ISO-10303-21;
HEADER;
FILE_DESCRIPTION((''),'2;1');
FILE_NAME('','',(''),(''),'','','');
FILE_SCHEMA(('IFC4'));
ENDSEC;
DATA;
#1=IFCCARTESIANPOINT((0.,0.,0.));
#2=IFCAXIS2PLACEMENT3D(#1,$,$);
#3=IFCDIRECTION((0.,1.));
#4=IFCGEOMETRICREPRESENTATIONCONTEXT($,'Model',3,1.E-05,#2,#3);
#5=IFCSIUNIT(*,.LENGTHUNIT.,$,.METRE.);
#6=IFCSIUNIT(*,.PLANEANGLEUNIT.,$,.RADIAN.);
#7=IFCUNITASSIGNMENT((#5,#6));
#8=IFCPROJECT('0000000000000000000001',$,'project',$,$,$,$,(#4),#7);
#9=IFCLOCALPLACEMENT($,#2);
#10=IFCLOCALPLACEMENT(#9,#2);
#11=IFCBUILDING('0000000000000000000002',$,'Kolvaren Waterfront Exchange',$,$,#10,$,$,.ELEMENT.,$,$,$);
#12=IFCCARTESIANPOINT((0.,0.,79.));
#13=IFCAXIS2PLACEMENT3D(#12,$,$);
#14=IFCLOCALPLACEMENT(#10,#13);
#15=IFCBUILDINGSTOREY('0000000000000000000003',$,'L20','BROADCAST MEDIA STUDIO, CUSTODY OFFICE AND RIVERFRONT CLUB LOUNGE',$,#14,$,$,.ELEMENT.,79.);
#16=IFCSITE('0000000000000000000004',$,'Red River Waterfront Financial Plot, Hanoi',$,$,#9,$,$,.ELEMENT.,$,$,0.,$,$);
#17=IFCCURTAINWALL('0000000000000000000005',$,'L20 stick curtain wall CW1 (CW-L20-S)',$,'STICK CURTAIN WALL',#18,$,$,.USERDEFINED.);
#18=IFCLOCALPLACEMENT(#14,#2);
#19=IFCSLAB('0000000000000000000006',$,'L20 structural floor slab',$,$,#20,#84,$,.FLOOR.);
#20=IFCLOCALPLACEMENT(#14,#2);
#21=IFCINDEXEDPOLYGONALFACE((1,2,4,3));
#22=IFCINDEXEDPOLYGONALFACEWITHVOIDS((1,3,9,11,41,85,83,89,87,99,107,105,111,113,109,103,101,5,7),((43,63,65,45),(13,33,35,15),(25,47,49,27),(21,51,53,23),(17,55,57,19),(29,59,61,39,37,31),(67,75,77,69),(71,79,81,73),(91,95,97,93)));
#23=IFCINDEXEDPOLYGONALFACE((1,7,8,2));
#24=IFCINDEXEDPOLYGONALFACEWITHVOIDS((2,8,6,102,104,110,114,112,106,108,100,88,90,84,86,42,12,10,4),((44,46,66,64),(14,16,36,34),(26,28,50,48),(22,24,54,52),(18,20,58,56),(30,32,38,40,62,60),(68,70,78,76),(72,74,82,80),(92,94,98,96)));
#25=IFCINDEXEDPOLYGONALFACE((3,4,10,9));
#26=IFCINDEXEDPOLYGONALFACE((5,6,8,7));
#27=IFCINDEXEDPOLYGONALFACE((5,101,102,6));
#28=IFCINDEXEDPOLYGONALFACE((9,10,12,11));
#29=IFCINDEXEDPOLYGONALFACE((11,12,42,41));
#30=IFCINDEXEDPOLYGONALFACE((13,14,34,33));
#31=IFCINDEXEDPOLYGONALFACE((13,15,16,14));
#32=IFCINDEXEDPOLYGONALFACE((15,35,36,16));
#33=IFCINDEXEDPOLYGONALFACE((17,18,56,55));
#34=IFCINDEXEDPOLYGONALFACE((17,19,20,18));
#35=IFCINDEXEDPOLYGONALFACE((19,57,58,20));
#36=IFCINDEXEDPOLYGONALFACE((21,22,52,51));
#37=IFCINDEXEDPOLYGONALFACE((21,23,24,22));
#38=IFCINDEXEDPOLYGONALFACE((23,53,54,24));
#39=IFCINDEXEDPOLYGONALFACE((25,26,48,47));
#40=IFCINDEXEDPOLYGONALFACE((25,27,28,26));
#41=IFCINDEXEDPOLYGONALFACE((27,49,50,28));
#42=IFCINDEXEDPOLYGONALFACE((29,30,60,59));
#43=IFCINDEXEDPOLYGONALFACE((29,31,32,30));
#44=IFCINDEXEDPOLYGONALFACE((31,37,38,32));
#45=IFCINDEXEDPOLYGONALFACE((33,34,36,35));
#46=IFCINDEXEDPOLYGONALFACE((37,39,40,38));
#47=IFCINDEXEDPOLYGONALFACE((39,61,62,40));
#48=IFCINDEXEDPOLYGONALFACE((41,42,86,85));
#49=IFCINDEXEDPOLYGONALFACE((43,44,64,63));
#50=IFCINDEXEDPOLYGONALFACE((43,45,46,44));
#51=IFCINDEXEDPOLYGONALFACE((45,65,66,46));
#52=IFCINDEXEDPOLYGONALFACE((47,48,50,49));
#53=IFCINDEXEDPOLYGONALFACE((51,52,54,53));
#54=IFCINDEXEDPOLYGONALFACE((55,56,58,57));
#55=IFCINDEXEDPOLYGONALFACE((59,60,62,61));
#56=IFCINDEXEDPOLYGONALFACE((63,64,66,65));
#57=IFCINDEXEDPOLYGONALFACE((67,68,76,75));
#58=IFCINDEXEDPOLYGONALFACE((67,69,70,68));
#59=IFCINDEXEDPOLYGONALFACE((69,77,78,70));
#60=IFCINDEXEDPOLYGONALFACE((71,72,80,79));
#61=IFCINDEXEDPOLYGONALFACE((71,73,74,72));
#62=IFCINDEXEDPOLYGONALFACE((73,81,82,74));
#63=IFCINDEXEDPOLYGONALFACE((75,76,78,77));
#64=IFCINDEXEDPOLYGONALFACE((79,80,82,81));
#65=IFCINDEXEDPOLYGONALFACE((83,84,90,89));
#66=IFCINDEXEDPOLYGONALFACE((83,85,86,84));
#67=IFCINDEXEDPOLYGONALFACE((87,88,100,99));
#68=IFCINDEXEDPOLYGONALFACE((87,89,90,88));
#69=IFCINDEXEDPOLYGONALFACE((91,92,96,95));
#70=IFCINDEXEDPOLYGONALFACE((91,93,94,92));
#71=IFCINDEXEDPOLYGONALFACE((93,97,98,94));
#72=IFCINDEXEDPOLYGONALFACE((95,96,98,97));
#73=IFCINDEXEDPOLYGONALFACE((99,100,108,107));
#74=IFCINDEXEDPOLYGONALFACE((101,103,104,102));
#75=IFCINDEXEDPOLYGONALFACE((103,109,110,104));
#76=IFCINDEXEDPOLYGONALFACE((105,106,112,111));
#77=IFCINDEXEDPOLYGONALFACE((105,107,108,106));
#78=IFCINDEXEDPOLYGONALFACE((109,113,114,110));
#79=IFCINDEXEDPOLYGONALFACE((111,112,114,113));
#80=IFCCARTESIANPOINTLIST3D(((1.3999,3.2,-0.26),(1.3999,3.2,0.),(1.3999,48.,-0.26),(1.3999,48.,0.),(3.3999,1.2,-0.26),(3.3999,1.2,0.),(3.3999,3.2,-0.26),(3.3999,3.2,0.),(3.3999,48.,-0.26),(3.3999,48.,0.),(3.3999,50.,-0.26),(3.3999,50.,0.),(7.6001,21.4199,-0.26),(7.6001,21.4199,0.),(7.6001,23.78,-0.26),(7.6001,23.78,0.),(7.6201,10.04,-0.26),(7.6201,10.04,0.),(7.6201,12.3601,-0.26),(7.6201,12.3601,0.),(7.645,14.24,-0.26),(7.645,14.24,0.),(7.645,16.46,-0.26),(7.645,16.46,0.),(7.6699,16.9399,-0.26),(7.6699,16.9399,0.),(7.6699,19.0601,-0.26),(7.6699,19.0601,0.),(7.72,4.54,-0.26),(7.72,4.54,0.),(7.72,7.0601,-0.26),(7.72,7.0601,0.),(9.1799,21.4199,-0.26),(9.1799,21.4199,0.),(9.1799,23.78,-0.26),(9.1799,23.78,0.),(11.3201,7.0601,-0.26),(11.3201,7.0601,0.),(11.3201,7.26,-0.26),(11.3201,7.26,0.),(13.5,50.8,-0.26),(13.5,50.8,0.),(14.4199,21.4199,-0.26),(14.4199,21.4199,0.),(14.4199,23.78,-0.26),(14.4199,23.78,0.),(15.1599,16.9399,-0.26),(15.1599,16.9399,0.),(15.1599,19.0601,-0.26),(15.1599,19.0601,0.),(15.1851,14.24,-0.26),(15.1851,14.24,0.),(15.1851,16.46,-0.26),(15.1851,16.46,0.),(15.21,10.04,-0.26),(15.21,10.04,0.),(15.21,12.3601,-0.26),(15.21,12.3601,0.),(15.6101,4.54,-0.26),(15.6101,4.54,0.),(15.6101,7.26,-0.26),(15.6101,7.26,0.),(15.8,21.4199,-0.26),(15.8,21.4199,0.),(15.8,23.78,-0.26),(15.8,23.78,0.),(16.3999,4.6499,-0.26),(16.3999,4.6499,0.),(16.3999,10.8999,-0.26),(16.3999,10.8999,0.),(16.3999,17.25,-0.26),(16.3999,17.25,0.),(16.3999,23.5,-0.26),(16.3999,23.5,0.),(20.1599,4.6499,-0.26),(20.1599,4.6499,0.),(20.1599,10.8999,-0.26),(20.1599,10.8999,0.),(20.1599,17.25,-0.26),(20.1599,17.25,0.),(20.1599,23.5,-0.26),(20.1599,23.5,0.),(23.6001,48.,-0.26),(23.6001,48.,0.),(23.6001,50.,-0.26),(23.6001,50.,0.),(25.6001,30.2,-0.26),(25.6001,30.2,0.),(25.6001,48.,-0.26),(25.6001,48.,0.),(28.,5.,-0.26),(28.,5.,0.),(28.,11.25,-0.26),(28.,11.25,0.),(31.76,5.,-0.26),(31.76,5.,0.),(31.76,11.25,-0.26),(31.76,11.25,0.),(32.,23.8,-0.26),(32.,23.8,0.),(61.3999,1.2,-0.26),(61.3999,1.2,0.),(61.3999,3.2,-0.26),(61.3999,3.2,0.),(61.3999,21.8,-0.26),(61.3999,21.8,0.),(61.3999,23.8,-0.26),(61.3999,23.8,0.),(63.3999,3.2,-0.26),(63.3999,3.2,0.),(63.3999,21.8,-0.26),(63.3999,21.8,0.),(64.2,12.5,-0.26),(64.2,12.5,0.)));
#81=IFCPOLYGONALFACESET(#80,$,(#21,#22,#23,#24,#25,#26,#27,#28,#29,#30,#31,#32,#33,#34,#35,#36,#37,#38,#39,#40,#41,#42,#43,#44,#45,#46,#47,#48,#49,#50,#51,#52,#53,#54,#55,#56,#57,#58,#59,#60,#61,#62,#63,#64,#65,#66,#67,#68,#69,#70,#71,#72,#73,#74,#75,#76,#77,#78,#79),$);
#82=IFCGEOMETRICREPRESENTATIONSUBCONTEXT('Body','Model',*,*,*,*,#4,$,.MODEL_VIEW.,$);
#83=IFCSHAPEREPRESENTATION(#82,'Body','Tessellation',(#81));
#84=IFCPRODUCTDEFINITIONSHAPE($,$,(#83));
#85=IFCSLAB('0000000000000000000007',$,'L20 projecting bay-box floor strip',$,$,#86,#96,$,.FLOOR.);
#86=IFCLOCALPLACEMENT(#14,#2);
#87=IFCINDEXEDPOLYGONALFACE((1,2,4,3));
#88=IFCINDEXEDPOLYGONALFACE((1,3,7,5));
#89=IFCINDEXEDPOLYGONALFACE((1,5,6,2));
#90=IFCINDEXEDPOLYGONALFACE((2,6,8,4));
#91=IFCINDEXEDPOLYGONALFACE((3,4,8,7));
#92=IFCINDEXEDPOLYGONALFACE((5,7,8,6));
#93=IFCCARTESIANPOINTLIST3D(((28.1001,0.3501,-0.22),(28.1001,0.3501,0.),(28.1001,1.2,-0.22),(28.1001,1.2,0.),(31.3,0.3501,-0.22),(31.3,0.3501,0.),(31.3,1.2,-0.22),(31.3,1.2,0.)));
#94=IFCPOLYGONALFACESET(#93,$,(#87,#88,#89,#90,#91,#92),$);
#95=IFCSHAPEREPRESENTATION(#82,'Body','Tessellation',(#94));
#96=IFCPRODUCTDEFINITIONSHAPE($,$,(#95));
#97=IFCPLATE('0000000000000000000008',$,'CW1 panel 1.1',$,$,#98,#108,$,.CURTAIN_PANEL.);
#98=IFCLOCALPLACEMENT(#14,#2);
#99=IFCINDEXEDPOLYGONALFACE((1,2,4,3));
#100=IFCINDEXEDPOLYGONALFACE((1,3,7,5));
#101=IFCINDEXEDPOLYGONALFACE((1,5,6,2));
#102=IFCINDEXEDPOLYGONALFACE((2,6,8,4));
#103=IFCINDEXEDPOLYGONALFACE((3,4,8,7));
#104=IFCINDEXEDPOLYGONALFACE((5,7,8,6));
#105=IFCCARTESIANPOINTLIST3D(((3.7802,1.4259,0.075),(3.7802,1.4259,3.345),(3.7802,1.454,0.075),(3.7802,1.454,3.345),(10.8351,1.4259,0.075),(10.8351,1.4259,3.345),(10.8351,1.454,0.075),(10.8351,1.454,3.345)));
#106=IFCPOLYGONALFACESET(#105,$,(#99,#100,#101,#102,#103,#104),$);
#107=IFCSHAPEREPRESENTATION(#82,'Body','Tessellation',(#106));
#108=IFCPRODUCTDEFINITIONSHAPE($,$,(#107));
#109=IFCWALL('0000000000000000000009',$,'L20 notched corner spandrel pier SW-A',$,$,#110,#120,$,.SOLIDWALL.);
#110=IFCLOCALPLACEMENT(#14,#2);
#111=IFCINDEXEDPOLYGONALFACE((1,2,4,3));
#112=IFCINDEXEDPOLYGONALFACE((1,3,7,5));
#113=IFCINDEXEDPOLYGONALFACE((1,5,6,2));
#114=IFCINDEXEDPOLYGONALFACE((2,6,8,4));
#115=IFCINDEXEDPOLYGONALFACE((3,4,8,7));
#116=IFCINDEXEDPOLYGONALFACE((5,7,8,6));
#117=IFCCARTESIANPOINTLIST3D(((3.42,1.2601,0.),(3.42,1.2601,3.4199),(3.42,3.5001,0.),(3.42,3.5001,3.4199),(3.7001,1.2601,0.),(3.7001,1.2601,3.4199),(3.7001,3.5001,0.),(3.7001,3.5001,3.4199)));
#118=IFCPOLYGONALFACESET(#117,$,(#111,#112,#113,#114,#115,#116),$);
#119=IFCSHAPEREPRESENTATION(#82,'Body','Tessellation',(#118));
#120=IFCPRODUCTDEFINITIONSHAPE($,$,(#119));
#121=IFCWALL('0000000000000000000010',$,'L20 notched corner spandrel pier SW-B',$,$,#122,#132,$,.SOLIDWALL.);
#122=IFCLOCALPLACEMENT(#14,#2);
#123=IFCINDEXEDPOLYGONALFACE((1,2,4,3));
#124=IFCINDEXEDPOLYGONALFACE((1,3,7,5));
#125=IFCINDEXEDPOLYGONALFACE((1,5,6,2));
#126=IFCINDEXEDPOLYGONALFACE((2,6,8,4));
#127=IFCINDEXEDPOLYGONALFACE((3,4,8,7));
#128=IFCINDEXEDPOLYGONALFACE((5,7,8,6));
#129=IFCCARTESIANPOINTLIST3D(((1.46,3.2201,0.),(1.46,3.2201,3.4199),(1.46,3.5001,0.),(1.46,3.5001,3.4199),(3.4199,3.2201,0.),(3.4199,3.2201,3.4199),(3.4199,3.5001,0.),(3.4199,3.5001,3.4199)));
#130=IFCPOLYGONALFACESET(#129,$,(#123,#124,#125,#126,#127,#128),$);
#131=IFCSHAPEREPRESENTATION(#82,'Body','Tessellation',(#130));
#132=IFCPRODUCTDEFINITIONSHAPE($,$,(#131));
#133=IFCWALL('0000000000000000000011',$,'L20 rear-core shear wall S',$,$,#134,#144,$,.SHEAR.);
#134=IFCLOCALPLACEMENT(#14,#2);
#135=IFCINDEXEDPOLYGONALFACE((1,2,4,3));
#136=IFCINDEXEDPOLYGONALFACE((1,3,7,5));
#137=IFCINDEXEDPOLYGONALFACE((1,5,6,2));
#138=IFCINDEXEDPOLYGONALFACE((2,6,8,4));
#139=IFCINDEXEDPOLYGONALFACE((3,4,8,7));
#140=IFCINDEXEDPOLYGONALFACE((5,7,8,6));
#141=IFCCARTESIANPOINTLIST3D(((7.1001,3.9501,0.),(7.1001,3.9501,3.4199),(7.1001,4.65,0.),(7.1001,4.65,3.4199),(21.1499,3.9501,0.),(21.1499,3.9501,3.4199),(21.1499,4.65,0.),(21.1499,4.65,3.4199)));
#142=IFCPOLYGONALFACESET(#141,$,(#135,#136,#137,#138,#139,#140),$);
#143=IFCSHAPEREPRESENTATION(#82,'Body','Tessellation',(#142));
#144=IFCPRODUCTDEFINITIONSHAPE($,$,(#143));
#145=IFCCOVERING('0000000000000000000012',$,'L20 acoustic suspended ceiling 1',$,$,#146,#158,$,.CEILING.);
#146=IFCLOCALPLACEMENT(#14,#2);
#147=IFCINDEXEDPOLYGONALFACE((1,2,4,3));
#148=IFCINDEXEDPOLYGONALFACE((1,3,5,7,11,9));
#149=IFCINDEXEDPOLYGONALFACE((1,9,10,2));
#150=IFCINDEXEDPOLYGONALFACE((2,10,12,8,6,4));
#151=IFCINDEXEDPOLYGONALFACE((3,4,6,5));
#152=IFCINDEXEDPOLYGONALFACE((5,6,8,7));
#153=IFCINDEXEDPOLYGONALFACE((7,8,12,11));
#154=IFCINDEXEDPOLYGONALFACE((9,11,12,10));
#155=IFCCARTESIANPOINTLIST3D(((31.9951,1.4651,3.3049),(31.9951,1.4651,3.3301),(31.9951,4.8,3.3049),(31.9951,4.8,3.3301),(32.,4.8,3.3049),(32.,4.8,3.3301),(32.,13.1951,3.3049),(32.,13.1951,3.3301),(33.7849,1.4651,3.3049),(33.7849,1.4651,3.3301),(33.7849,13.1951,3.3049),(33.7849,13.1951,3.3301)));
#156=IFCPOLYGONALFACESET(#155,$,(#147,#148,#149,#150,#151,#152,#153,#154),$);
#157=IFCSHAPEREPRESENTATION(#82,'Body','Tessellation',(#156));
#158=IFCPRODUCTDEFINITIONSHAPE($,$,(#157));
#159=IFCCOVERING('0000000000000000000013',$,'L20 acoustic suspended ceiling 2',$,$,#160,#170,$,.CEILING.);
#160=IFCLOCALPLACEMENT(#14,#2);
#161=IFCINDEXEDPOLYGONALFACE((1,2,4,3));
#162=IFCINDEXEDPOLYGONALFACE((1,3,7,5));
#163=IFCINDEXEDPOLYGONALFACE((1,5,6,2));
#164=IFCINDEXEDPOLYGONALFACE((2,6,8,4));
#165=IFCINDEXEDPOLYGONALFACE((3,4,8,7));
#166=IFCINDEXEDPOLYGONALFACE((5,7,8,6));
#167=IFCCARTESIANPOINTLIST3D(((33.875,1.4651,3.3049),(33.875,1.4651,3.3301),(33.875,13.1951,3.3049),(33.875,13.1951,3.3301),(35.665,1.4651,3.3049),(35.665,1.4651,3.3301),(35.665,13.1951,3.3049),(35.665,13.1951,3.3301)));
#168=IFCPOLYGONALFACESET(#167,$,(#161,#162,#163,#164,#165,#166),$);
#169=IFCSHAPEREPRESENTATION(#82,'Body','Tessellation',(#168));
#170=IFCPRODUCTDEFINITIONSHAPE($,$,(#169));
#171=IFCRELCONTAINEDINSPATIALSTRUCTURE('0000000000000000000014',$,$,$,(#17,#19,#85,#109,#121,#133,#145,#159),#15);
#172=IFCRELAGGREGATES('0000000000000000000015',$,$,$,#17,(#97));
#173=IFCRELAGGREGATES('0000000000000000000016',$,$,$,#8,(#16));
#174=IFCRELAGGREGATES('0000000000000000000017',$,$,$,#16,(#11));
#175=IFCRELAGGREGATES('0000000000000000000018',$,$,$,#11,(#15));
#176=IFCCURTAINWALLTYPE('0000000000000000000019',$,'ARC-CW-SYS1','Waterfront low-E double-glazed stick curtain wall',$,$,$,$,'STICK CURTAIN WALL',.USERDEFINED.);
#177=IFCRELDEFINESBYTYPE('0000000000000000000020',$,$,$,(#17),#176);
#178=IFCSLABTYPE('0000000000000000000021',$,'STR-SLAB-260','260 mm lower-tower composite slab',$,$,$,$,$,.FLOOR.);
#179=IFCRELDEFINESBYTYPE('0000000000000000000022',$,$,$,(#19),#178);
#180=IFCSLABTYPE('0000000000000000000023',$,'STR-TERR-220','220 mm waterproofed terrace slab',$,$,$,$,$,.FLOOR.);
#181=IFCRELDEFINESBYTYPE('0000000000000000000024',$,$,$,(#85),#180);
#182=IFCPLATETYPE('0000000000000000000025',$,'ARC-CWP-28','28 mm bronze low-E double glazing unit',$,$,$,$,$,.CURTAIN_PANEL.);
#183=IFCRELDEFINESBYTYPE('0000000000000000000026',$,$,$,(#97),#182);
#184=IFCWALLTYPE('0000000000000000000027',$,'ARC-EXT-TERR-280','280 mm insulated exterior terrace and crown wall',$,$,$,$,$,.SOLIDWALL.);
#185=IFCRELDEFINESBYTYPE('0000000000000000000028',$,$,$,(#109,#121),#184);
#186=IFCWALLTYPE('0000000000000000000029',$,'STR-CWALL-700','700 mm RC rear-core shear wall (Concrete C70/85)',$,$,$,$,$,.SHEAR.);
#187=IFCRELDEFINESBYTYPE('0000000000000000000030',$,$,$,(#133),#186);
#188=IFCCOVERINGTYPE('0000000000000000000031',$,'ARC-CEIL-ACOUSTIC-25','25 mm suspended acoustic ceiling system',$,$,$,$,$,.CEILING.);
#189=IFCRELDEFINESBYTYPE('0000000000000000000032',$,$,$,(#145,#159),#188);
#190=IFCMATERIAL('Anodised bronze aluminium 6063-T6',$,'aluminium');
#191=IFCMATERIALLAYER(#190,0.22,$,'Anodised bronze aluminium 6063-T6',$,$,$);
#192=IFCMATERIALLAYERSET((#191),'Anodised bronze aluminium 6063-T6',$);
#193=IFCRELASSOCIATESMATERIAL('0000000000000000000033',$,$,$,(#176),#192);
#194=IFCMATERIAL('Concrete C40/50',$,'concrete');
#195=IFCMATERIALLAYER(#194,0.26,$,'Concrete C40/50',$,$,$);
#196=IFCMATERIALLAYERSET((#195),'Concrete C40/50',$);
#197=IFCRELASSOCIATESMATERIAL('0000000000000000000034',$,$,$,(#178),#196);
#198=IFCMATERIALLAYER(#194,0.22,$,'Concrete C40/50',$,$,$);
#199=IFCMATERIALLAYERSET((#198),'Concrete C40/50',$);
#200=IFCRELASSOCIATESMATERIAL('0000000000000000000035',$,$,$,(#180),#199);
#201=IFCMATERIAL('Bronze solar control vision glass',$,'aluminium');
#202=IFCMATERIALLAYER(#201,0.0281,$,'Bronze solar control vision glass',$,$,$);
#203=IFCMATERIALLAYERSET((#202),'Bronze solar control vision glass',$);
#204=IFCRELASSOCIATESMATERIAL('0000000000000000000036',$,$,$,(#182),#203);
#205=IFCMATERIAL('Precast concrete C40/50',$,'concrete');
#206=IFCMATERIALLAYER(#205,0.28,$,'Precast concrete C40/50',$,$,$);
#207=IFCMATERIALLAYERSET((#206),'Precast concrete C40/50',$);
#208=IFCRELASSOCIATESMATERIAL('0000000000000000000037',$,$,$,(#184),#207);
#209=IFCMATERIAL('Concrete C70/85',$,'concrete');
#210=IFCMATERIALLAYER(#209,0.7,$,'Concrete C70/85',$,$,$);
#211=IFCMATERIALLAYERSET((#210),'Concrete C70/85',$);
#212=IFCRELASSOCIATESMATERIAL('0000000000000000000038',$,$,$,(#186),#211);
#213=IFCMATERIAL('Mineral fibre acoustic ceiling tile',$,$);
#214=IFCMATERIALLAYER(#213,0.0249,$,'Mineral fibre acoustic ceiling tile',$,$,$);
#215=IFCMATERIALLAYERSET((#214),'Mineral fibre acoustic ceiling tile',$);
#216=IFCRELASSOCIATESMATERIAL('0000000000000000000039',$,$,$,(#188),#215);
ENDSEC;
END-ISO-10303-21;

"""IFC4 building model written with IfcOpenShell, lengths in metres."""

from ifc_helpers import new_model, si_unit, direction, frame, frame_2d, origin, origin_with_axes, origin_2d, place, context, subcontext, project, spatial, polyline, rectangle, outline, extrude, source, transform, mapped, material, layer, layer_set, type_object, element, aggregate, save


model = new_model("IFC4")

# Units and contexts
model_context = context("Model", 3, precision=1e-05, world=origin(), true_north=direction((0.0, 1.0)))
body_context = subcontext(model_context, "Body", "Model", "MODEL_VIEW")
ifc_project = project(units=[si_unit("LENGTHUNIT", "METRE"), si_unit("PLANEANGLEUNIT", "RADIAN")], contexts=[model_context])

# Site, building, storey
site_placement = place(None, origin())
site = spatial("IfcSite", under=ifc_project, at=site_placement, Name="Red River Waterfront Financial Plot, Hanoi", CompositionType="ELEMENT", RefElevation=0.0)
building_placement = place(site_placement, origin())
building = spatial("IfcBuilding", under=site, at=building_placement, Name="Kolvaren Waterfront Exchange", CompositionType="ELEMENT")
storey_placement = place(building_placement, frame((0.0, 0.0, 79.0)))
storey = spatial("IfcBuildingStorey", under=building, at=storey_placement, Name="L20", Description="BROADCAST MEDIA STUDIO, CUSTODY OFFICE AND RIVERFRONT CLUB LOUNGE", CompositionType="ELEMENT", Elevation=79.0)

# Curtain wall
ifc_material_1 = material(Name="Anodised bronze aluminium 6063-T6", Category="aluminium")
ifc_layer_1 = layer(ifc_material_1, 0.22, Name="Anodised bronze aluminium 6063-T6")
ifc_layer_set_1 = layer_set([ifc_layer_1], Name="Anodised bronze aluminium 6063-T6")
curtain_wall_type_1 = type_object("IfcCurtainWallType", Name="ARC-CW-SYS1", Description="Waterfront low-E double-glazed stick curtain wall", ElementType="STICK CURTAIN WALL", PredefinedType="USERDEFINED", material=ifc_layer_set_1)
curtain_wall_1_placement = place(storey_placement, origin())
curtain_wall_1 = element("IfcCurtainWall", 1, at=curtain_wall_1_placement, inside=storey, type_object=curtain_wall_type_1, Name="L20 stick curtain wall CW1 (CW-L20-S)", ObjectType="STICK CURTAIN WALL", PredefinedType="USERDEFINED")

# Shared definitions
ifc_material_2 = material(Name="Concrete C40/50", Category="concrete")

# Slabs
ifc_layer_2 = layer(ifc_material_2, 0.26, Name="Concrete C40/50")
ifc_layer_set_2 = layer_set([ifc_layer_2], Name="Concrete C40/50")
slab_type_1 = type_object("IfcSlabType", Name="STR-SLAB-260", Description="260 mm lower-tower composite slab", PredefinedType="FLOOR", material=ifc_layer_set_2)
slab_1_placement = place(storey_placement, frame((0.0, 0.0, -0.26)))
element("IfcSlab", 2, at=slab_1_placement, inside=storey, type_object=slab_type_1, Name="L20 structural floor slab", PredefinedType="FLOOR", context=body_context, shape_type="SweptSolid", body=[
    extrude(outline(polyline([(3.3999, 1.2), (61.3999, 1.2), (61.3999, 3.2), (63.3999, 3.2), (64.2, 12.5), (63.3999, 21.8), (61.3999, 21.8), (61.3999, 23.8), (32.0, 23.8), (25.6001, 30.2), (25.6001, 48.0), (23.6001, 48.0), (23.6001, 50.0), (13.5, 50.8), (3.3999, 50.0), (3.3999, 48.0), (1.3999, 48.0), (1.3999, 3.2), (3.3999, 3.2), (3.3999, 1.2)]), holes=[polyline([(11.3201, 7.26), (15.6101, 7.26), (15.6101, 4.54), (7.72, 4.54), (7.72, 7.0601), (11.3201, 7.0601), (11.3201, 7.26)]), polyline([(20.1599, 4.6499), (16.3999, 4.6499), (16.3999, 10.8999), (20.1599, 10.8999), (20.1599, 4.6499)]), polyline([(31.76, 5.0), (28.0, 5.0), (28.0, 11.25), (31.76, 11.25), (31.76, 5.0)]), polyline([(15.21, 10.04), (7.6201, 10.04), (7.6201, 12.3601), (15.21, 12.3601), (15.21, 10.04)]), polyline([(7.645, 16.46), (15.1851, 16.46), (15.1851, 14.24), (7.645, 14.24), (7.645, 16.46)]), polyline([(15.1599, 16.9399), (7.6699, 16.9399), (7.6699, 19.0601), (15.1599, 19.0601), (15.1599, 16.9399)]), polyline([(16.3999, 23.5), (20.1599, 23.5), (20.1599, 17.25), (16.3999, 17.25), (16.3999, 23.5)]), polyline([(7.6001, 23.78), (9.1799, 23.78), (9.1799, 21.4199), (7.6001, 21.4199), (7.6001, 23.78)]), polyline([(15.8, 23.78), (15.8, 21.4199), (14.4199, 21.4199), (14.4199, 23.78), (15.8, 23.78)])]), origin(), (0.0, 0.0, 1.0), 0.26),
])
ifc_layer_3 = layer(ifc_material_2, 0.22, Name="Concrete C40/50")
ifc_layer_set_3 = layer_set([ifc_layer_3], Name="Concrete C40/50")
slab_type_2 = type_object("IfcSlabType", Name="STR-TERR-220", Description="220 mm waterproofed terrace slab", PredefinedType="FLOOR", material=ifc_layer_set_3)
slab_2_placement = place(storey_placement, frame((0.0, 0.0, -0.22)))
element("IfcSlab", 3, at=slab_2_placement, inside=storey, type_object=slab_type_2, Name="L20 projecting bay-box floor strip", PredefinedType="FLOOR", context=body_context, shape_type="SweptSolid", body=[
    extrude(outline(polyline([(28.1001, 0.3501), (31.3, 0.3501), (31.3, 1.2), (28.1001, 1.2), (28.1001, 0.3501)])), origin(), (0.0, 0.0, 1.0), 0.22),
])

# Plate
ifc_material_3 = material(Name="Bronze solar control vision glass", Category="aluminium")
ifc_layer_4 = layer(ifc_material_3, 0.0281, Name="Bronze solar control vision glass")
ifc_layer_set_4 = layer_set([ifc_layer_4], Name="Bronze solar control vision glass")
plate_type = type_object("IfcPlateType", Name="ARC-CWP-28", Description="28 mm bronze low-E double glazing unit", PredefinedType="CURTAIN_PANEL", material=ifc_layer_set_4)
shared_shape_1 = source(origin_with_axes(), body_context, "Body", "SweptSolid", [
    extrude(rectangle(XDim=7.0549, YDim=0.0281, at=origin_2d()), origin(), (0.0, 0.0, 1.0), 3.27),
])
plate_placement = place(storey_placement, frame((7.3076, 1.4399, 0.075), z_axis=(0.0, 0.0, 1.0), x_axis=(1.0, 0.0, 0.0)))
plate = element("IfcPlate", 4, at=plate_placement, type_object=plate_type, Name="CW1 panel 1.1", PredefinedType="CURTAIN_PANEL", context=body_context, shape_type="MappedRepresentation", body=[
    mapped(shared_shape_1, transform((0.0, 0.0, 0.0), x_axis=(1.0, 0.0, 0.0), y_axis=(0.0, 1.0, 0.0), z_axis=(0.0, 0.0, 1.0), scale=1.0)),
])
aggregate(curtain_wall_1, [plate])

# Walls
ifc_material_4 = material(Name="Precast concrete C40/50", Category="concrete")
ifc_layer_5 = layer(ifc_material_4, 0.28, Name="Precast concrete C40/50")
ifc_layer_set_5 = layer_set([ifc_layer_5], Name="Precast concrete C40/50")
wall_type_1 = type_object("IfcWallType", Name="ARC-EXT-TERR-280", Description="280 mm insulated exterior terrace and crown wall", PredefinedType="SOLIDWALL", material=ifc_layer_set_5)
wall_1_placement = place(storey_placement, frame((3.5601, 1.26, 0.0), z_axis=(0.0, 0.0, 1.0), x_axis=(0.0, 1.0, 0.0)))
element("IfcWall", 5, at=wall_1_placement, inside=storey, type_object=wall_type_1, Name="L20 notched corner spandrel pier SW-A", PredefinedType="SOLIDWALL", context=body_context, shape_type="SweptSolid", body=[
    extrude(rectangle(XDim=2.24, YDim=0.28, at=frame_2d((1.1201, 0.0))), origin(), (0.0, 0.0, 1.0), 3.4199),
])
wall_2_placement = place(storey_placement, frame((1.46, 3.3601, 0.0), z_axis=(0.0, 0.0, 1.0), x_axis=(1.0, 0.0, 0.0)))
element("IfcWall", 6, at=wall_2_placement, inside=storey, type_object=wall_type_1, Name="L20 notched corner spandrel pier SW-B", PredefinedType="SOLIDWALL", context=body_context, shape_type="SweptSolid", body=[
    extrude(rectangle(XDim=1.96, YDim=0.28, at=frame_2d((0.98, 0.0))), origin(), (0.0, 0.0, 1.0), 3.4199),
])
ifc_material_5 = material(Name="Concrete C70/85", Category="concrete")
ifc_layer_6 = layer(ifc_material_5, 0.7, Name="Concrete C70/85")
ifc_layer_set_6 = layer_set([ifc_layer_6], Name="Concrete C70/85")
wall_type_2 = type_object("IfcWallType", Name="STR-CWALL-700", Description="700 mm RC rear-core shear wall (Concrete C70/85)", PredefinedType="SHEAR", material=ifc_layer_set_6)
wall_3_placement = place(storey_placement, frame((7.1001, 4.3, 0.0), z_axis=(0.0, 0.0, 1.0), x_axis=(1.0, 0.0, 0.0)))
element("IfcWall", 7, at=wall_3_placement, inside=storey, type_object=wall_type_2, Name="L20 rear-core shear wall S", PredefinedType="SHEAR", context=body_context, shape_type="SweptSolid", body=[
    extrude(rectangle(XDim=14.0498, YDim=0.7, at=frame_2d((7.0249, 0.0))), origin(), (0.0, 0.0, 1.0), 3.4199),
])

# Coverings
ifc_material_6 = material(Name="Mineral fibre acoustic ceiling tile")
ifc_layer_7 = layer(ifc_material_6, 0.0249, Name="Mineral fibre acoustic ceiling tile")
ifc_layer_set_7 = layer_set([ifc_layer_7], Name="Mineral fibre acoustic ceiling tile")
covering_type_1 = type_object("IfcCoveringType", Name="ARC-CEIL-ACOUSTIC-25", Description="25 mm suspended acoustic ceiling system", PredefinedType="CEILING", material=ifc_layer_set_7)
covering_1_placement = place(storey_placement, frame((0.0, 0.0, 3.3049)))
element("IfcCovering", 8, at=covering_1_placement, inside=storey, type_object=covering_type_1, Name="L20 acoustic suspended ceiling 1", PredefinedType="CEILING", context=body_context, shape_type="SweptSolid", body=[
    extrude(outline(polyline([(33.7849, 1.4651), (33.7849, 13.1951), (32.0, 13.1951), (32.0, 4.8), (31.9951, 4.8), (31.9951, 1.4651), (33.7849, 1.4651)])), origin(), (0.0, 0.0, 1.0), 0.0251),
])
covering_2_placement = place(storey_placement, frame((0.0, 0.0, 3.3049)))
element("IfcCovering", 9, at=covering_2_placement, inside=storey, type_object=covering_type_1, Name="L20 acoustic suspended ceiling 2", PredefinedType="CEILING", context=body_context, shape_type="SweptSolid", body=[
    extrude(outline(polyline([(35.665, 1.4651), (35.665, 13.1951), (33.875, 13.1951), (33.875, 1.4651), (35.665, 1.4651)])), origin(), (0.0, 0.0, 1.0), 0.0251),
])

save(model, "model.ifc")
